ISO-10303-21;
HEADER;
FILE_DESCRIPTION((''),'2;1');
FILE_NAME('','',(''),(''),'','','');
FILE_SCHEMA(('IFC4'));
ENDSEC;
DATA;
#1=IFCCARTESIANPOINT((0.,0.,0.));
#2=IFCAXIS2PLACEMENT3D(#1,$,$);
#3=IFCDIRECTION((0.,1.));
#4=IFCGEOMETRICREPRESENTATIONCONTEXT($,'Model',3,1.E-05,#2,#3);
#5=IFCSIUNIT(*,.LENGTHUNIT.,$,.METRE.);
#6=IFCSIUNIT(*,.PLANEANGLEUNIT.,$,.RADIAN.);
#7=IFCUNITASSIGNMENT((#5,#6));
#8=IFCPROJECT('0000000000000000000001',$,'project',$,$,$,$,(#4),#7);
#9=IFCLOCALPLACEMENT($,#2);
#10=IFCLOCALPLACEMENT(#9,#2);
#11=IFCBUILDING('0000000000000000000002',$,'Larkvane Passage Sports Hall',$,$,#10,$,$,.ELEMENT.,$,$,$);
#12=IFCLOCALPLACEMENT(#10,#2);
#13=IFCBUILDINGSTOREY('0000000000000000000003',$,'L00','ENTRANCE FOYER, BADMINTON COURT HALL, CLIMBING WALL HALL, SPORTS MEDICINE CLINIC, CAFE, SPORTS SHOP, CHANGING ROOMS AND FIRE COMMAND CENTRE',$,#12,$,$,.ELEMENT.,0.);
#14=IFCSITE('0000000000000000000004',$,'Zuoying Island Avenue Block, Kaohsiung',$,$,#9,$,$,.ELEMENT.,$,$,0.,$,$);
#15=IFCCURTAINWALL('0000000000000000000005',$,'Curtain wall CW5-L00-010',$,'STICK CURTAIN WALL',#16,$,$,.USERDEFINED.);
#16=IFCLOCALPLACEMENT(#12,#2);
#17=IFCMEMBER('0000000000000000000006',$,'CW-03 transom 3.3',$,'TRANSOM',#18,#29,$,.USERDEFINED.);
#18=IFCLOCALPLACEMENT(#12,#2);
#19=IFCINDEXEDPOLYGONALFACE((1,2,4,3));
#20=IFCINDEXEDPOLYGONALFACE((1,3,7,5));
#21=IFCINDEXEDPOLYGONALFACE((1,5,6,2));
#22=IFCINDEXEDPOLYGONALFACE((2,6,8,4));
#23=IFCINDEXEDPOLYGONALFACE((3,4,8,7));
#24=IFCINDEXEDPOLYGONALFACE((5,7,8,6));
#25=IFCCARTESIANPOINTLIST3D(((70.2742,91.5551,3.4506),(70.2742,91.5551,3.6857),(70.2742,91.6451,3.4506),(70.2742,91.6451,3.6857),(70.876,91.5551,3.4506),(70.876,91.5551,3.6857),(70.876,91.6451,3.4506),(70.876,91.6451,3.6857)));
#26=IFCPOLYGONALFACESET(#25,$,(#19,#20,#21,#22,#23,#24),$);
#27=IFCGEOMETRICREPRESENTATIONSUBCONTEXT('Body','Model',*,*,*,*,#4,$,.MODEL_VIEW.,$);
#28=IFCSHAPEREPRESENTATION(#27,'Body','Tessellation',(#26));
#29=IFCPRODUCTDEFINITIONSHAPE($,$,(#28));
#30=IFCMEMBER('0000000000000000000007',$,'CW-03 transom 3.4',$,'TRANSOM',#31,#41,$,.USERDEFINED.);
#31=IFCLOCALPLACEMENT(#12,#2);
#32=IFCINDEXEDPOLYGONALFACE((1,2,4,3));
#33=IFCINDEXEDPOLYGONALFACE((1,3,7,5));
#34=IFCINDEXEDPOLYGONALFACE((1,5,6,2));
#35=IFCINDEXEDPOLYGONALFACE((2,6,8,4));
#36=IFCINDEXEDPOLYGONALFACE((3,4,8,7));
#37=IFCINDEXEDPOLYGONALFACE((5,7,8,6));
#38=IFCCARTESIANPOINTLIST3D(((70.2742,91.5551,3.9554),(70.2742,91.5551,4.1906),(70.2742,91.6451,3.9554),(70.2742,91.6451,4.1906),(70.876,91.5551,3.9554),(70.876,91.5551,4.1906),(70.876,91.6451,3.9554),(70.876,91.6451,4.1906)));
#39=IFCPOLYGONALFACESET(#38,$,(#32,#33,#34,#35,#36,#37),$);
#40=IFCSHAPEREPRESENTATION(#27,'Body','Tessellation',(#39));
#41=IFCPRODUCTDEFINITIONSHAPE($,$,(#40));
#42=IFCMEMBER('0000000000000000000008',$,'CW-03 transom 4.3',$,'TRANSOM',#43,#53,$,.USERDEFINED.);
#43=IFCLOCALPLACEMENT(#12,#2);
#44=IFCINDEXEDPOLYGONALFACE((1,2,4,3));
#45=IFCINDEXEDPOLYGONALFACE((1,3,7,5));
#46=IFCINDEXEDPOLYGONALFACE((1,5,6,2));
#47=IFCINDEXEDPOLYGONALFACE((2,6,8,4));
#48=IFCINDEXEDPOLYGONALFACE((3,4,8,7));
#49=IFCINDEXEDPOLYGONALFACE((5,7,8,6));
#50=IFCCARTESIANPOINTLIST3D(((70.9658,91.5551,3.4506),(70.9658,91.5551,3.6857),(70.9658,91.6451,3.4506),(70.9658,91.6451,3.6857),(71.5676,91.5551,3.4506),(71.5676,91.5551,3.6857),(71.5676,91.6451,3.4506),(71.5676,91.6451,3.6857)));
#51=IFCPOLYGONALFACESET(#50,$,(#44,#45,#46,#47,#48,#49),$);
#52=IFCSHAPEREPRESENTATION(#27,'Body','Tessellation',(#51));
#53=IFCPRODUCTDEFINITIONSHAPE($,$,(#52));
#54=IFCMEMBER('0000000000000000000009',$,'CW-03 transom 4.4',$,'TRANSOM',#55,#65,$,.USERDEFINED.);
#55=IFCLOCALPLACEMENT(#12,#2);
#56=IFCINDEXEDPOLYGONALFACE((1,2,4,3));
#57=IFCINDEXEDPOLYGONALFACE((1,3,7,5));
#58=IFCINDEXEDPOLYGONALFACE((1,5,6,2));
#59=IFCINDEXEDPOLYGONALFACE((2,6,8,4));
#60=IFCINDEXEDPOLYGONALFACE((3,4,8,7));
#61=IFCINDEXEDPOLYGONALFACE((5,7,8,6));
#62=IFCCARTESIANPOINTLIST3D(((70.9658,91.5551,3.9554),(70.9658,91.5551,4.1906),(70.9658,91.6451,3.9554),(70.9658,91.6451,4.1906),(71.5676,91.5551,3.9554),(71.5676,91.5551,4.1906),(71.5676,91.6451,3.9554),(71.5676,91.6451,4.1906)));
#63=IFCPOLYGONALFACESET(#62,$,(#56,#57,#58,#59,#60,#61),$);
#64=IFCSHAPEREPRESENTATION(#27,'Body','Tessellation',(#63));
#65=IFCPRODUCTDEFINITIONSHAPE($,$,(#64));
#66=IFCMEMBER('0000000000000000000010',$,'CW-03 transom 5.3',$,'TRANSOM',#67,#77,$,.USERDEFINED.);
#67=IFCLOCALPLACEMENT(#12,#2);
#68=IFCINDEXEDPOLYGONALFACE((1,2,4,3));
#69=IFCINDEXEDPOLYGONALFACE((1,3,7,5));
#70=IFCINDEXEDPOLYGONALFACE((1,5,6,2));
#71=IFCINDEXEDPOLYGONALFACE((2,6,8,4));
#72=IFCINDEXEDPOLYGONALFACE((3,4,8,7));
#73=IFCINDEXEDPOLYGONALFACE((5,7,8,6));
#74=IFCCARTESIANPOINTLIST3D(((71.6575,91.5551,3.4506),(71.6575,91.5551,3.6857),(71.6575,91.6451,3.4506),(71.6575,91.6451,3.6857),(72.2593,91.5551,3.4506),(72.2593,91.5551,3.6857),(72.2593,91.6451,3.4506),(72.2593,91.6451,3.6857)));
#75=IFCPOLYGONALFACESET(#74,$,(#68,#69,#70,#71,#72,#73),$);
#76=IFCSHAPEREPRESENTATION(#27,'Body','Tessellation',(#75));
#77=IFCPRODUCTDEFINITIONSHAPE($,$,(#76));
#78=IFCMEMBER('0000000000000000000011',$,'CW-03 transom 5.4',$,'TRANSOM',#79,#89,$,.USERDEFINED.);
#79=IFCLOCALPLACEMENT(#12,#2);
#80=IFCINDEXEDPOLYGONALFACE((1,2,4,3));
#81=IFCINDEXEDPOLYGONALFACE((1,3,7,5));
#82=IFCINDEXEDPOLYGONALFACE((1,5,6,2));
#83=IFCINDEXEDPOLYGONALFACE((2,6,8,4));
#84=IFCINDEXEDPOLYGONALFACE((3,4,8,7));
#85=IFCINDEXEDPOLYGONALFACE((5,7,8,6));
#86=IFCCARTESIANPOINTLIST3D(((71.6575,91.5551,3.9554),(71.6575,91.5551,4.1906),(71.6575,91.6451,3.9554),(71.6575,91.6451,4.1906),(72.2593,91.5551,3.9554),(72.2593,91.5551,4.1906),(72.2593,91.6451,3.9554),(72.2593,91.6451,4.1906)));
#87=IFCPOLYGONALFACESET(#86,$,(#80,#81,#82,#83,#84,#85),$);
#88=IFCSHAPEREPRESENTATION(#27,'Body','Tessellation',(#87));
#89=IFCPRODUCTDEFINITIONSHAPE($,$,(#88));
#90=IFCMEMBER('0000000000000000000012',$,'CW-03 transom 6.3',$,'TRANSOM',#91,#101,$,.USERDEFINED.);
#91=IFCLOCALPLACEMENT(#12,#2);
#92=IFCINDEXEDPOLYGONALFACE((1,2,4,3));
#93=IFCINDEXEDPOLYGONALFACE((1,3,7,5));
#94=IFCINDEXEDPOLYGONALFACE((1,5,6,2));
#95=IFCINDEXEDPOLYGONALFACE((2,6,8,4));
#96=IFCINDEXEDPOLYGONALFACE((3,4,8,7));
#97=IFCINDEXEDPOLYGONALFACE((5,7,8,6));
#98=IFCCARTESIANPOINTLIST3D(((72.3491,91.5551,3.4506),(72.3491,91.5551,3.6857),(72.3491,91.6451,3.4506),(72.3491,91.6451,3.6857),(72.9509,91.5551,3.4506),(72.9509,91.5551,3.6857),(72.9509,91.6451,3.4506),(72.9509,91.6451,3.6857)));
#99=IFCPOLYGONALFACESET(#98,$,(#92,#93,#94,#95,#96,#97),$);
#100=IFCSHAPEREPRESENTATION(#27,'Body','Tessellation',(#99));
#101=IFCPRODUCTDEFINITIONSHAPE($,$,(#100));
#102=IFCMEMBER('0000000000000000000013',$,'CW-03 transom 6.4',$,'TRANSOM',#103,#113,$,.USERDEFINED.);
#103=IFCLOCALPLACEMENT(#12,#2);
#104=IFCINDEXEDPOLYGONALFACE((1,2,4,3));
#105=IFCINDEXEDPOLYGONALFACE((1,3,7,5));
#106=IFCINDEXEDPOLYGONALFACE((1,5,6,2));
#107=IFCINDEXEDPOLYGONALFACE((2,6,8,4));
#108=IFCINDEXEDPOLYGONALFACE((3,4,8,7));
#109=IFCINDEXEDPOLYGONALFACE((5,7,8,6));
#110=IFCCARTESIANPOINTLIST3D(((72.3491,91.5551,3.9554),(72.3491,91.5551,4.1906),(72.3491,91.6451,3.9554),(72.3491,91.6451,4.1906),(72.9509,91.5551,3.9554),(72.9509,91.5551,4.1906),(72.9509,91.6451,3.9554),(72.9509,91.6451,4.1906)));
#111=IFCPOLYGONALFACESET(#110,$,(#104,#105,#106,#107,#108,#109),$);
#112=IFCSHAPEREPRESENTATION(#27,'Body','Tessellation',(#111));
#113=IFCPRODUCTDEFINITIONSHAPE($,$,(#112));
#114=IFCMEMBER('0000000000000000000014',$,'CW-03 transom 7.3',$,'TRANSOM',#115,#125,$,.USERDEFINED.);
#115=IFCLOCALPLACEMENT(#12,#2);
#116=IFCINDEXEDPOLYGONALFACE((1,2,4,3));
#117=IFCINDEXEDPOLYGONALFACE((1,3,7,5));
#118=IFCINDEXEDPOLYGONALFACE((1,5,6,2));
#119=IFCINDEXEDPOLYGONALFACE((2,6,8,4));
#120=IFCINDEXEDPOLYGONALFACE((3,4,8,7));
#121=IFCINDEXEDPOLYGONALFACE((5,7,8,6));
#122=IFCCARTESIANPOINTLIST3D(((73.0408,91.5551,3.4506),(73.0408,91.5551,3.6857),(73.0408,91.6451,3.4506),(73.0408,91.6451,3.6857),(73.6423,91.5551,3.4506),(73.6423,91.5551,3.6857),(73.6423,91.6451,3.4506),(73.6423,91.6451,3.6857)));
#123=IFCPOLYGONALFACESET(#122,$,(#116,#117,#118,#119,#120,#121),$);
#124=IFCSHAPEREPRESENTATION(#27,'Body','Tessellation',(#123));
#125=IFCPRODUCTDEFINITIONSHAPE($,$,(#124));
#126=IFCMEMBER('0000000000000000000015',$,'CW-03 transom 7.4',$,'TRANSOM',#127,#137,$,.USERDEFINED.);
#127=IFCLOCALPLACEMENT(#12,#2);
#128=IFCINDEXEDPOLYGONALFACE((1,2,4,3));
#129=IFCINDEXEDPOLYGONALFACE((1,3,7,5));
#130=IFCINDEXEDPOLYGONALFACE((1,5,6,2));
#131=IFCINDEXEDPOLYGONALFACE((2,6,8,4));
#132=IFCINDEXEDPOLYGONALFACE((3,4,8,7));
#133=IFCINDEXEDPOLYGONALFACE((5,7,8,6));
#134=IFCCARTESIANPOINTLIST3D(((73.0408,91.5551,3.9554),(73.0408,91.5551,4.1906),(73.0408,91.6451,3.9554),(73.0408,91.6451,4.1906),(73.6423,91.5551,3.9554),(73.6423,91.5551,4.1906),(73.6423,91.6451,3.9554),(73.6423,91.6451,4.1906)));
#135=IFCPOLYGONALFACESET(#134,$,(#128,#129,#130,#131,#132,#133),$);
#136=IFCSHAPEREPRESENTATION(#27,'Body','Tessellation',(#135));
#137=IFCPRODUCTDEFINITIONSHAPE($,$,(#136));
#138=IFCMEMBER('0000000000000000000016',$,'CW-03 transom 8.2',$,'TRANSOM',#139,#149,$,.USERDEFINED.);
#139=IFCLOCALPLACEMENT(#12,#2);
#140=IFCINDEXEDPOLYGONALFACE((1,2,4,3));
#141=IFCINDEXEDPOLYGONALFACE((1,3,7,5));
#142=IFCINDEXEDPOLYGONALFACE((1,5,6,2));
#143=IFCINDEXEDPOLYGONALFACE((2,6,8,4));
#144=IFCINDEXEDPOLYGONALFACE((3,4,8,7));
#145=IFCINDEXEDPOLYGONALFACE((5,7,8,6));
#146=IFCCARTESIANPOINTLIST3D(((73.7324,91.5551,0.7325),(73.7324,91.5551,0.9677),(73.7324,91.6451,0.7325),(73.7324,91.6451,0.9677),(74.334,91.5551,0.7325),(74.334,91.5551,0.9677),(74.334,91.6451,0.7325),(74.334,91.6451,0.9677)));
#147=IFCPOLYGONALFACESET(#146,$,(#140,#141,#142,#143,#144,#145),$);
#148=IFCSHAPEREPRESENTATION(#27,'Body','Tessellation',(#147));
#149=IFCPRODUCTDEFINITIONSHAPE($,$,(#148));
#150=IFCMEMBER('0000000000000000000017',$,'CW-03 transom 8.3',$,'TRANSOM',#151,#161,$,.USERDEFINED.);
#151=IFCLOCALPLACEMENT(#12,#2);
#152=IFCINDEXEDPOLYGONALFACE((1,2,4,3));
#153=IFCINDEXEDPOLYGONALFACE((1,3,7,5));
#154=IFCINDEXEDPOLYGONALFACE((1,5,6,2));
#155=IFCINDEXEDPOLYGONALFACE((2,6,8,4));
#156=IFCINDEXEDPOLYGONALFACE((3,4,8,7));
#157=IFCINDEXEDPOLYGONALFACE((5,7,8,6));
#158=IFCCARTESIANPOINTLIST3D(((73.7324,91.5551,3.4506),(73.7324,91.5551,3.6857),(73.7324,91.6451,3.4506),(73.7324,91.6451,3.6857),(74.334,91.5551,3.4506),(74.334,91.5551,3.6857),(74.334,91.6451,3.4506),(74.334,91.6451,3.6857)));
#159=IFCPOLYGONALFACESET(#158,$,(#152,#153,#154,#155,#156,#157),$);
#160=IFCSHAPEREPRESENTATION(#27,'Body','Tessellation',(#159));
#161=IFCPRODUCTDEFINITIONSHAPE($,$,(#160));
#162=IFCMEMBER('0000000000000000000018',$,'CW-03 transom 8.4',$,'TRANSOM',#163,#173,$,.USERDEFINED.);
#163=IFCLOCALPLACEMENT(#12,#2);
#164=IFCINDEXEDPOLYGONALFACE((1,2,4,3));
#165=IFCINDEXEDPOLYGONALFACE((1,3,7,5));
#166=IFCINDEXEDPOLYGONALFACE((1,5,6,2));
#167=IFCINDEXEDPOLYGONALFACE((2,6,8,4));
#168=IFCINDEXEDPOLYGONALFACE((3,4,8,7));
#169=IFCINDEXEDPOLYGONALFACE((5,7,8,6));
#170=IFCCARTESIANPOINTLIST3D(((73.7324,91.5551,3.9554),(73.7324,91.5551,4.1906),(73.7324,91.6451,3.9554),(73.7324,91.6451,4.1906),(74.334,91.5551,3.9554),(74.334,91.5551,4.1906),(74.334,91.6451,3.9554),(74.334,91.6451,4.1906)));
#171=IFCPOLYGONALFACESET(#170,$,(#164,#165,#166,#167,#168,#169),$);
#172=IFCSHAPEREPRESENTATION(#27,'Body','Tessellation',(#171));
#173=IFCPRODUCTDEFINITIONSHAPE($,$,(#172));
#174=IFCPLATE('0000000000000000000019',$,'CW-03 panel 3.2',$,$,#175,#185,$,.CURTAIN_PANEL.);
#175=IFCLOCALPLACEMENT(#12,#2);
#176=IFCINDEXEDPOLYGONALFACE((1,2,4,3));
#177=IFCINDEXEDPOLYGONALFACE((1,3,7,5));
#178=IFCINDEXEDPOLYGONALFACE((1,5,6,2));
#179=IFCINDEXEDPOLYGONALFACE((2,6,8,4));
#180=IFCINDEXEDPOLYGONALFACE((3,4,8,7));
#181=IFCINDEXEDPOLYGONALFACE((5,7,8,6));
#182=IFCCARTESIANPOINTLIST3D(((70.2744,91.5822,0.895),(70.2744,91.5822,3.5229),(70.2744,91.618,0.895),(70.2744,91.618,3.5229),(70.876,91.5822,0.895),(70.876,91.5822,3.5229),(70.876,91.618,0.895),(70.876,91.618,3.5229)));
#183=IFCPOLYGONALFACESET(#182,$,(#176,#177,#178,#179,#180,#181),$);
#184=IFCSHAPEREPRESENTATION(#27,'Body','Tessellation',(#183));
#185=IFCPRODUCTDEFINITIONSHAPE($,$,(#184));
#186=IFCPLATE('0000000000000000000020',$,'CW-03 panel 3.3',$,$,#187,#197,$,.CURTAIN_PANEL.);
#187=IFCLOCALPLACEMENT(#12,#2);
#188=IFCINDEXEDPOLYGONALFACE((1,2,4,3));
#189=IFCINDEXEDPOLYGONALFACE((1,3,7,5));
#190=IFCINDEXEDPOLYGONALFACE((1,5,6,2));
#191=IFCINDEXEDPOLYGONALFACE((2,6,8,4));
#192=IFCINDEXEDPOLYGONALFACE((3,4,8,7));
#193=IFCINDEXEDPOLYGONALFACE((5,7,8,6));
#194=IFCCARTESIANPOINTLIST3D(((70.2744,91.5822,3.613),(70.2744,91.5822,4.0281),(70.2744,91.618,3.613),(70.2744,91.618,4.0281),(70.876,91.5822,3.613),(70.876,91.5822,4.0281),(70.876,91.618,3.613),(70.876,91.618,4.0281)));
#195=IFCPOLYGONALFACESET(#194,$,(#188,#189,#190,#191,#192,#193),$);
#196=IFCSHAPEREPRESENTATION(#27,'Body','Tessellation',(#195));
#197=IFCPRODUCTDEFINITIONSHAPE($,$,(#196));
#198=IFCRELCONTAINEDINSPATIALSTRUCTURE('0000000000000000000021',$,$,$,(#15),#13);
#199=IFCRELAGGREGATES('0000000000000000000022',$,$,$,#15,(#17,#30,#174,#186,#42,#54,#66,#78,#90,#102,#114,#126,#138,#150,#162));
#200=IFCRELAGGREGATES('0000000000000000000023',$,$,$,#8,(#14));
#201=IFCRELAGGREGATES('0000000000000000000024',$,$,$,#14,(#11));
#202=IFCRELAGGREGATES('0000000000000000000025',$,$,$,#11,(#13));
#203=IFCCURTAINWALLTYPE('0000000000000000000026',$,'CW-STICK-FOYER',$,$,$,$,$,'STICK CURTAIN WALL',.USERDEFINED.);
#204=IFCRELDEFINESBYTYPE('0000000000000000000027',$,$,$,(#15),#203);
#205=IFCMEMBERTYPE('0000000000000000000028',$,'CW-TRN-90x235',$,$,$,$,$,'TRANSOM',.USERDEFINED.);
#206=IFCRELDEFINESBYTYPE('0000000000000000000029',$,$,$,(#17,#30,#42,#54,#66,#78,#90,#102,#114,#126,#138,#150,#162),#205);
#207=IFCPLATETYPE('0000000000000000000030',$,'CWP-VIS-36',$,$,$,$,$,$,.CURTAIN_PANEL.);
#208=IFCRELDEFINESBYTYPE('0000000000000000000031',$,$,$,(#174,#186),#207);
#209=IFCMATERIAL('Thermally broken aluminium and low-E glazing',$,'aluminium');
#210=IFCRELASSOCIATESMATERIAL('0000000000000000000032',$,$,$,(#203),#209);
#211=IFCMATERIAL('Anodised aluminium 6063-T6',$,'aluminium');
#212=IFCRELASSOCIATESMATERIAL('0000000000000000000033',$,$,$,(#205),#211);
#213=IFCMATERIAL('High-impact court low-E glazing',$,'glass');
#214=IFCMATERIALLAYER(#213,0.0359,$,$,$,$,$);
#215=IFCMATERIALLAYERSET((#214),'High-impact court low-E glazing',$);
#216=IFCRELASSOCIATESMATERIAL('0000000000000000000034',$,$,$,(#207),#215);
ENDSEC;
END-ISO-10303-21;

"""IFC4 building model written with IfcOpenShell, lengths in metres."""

from ifc_helpers import new_model, si_unit, direction, frame, origin, origin_2d, place, context, subcontext, project, spatial, rectangle, extrude, material, layer, layer_set, material_profile, profile_set, type_object, element, aggregate, save


model = new_model("IFC4")

# Units and contexts
model_context = context("Model", 3, precision=1e-05, world=origin(), true_north=direction((0.0, 1.0)))
body_context = subcontext(model_context, "Body", "Model", "MODEL_VIEW")
ifc_project = project(units=[si_unit("LENGTHUNIT", "METRE"), si_unit("PLANEANGLEUNIT", "RADIAN")], contexts=[model_context])

# Site, building, storey
site_placement = place(None, origin())
site = spatial("IfcSite", under=ifc_project, at=site_placement, Name="Zuoying Island Avenue Block, Kaohsiung", CompositionType="ELEMENT", RefElevation=0.0)
building_placement = place(site_placement, origin())
building = spatial("IfcBuilding", under=site, at=building_placement, Name="Larkvane Passage Sports Hall", CompositionType="ELEMENT")
storey_placement = place(building_placement, origin())
storey = spatial("IfcBuildingStorey", under=building, at=storey_placement, Name="L00", Description="ENTRANCE FOYER, BADMINTON COURT HALL, CLIMBING WALL HALL, SPORTS MEDICINE CLINIC, CAFE, SPORTS SHOP, CHANGING ROOMS AND FIRE COMMAND CENTRE", CompositionType="ELEMENT", Elevation=0.0)

# Curtain wall, members, plates
ifc_material_1 = material(Name="Thermally broken aluminium and low-E glazing", Category="aluminium")
curtain_wall_type = type_object("IfcCurtainWallType", Name="CW-STICK-FOYER", ElementType="STICK CURTAIN WALL", PredefinedType="USERDEFINED", material=ifc_material_1)
curtain_wall_placement = place(storey_placement, origin())
curtain_wall = element("IfcCurtainWall", 1, at=curtain_wall_placement, inside=storey, type_object=curtain_wall_type, Name="Curtain wall CW5-L00-010", ObjectType="STICK CURTAIN WALL", PredefinedType="USERDEFINED")
ifc_material_2 = material(Name="Anodised aluminium 6063-T6", Category="aluminium")
ifc_material_profile = material_profile(ifc_material_2, rectangle(XDim=0.0901, YDim=0.2351, at=origin_2d()), Name="ALU-TRN-90x235")
ifc_profile_set = profile_set([ifc_material_profile], Name="Anodised aluminium 6063-T6")
member_type = type_object("IfcMemberType", Name="CW-TRN-90x235", ElementType="TRANSOM", PredefinedType="USERDEFINED", material=ifc_profile_set)
member_1_placement = place(storey_placement, frame((70.2742, 91.6001, 3.5681), z_axis=(1.0, 0.0, 0.0), x_axis=(0.0, 1.0, 0.0)))
member_1 = element("IfcMember", 2, at=member_1_placement, type_object=member_type, Name="CW-03 transom 3.3", ObjectType="TRANSOM", PredefinedType="USERDEFINED", context=body_context, shape_type="SweptSolid", body=[
    extrude(rectangle(XDim=0.0901, YDim=0.2351, at=origin_2d()), origin(), (0.0, 0.0, 1.0), 0.6018),
])
member_2_placement = place(storey_placement, frame((70.2742, 91.6001, 4.073), z_axis=(1.0, 0.0, 0.0), x_axis=(0.0, 1.0, 0.0)))
member_2 = element("IfcMember", 3, at=member_2_placement, type_object=member_type, Name="CW-03 transom 3.4", ObjectType="TRANSOM", PredefinedType="USERDEFINED", context=body_context, shape_type="SweptSolid", body=[
    extrude(rectangle(XDim=0.0901, YDim=0.2351, at=origin_2d()), origin(), (0.0, 0.0, 1.0), 0.6018),
])
member_3_placement = place(storey_placement, frame((70.9658, 91.6001, 3.5681), z_axis=(1.0, 0.0, 0.0), x_axis=(0.0, 1.0, 0.0)))
member_3 = element("IfcMember", 4, at=member_3_placement, type_object=member_type, Name="CW-03 transom 4.3", ObjectType="TRANSOM", PredefinedType="USERDEFINED", context=body_context, shape_type="SweptSolid", body=[
    extrude(rectangle(XDim=0.0901, YDim=0.2351, at=origin_2d()), origin(), (0.0, 0.0, 1.0), 0.6018),
])
member_4_placement = place(storey_placement, frame((70.9658, 91.6001, 4.073), z_axis=(1.0, 0.0, 0.0), x_axis=(0.0, 1.0, 0.0)))
member_4 = element("IfcMember", 5, at=member_4_placement, type_object=member_type, Name="CW-03 transom 4.4", ObjectType="TRANSOM", PredefinedType="USERDEFINED", context=body_context, shape_type="SweptSolid", body=[
    extrude(rectangle(XDim=0.0901, YDim=0.2351, at=origin_2d()), origin(), (0.0, 0.0, 1.0), 0.6018),
])
member_5_placement = place(storey_placement, frame((71.6575, 91.6001, 3.5681), z_axis=(1.0, 0.0, 0.0), x_axis=(0.0, 1.0, 0.0)))
member_5 = element("IfcMember", 6, at=member_5_placement, type_object=member_type, Name="CW-03 transom 5.3", ObjectType="TRANSOM", PredefinedType="USERDEFINED", context=body_context, shape_type="SweptSolid", body=[
    extrude(rectangle(XDim=0.0901, YDim=0.2351, at=origin_2d()), origin(), (0.0, 0.0, 1.0), 0.6018),
])
member_6_placement = place(storey_placement, frame((71.6575, 91.6001, 4.073), z_axis=(1.0, 0.0, 0.0), x_axis=(0.0, 1.0, 0.0)))
member_6 = element("IfcMember", 7, at=member_6_placement, type_object=member_type, Name="CW-03 transom 5.4", ObjectType="TRANSOM", PredefinedType="USERDEFINED", context=body_context, shape_type="SweptSolid", body=[
    extrude(rectangle(XDim=0.0901, YDim=0.2351, at=origin_2d()), origin(), (0.0, 0.0, 1.0), 0.6018),
])
member_7_placement = place(storey_placement, frame((72.3491, 91.6001, 3.5681), z_axis=(1.0, 0.0, 0.0), x_axis=(0.0, 1.0, 0.0)))
member_7 = element("IfcMember", 8, at=member_7_placement, type_object=member_type, Name="CW-03 transom 6.3", ObjectType="TRANSOM", PredefinedType="USERDEFINED", context=body_context, shape_type="SweptSolid", body=[
    extrude(rectangle(XDim=0.0901, YDim=0.2351, at=origin_2d()), origin(), (0.0, 0.0, 1.0), 0.6018),
])
member_8_placement = place(storey_placement, frame((72.3491, 91.6001, 4.073), z_axis=(1.0, 0.0, 0.0), x_axis=(0.0, 1.0, 0.0)))
member_8 = element("IfcMember", 9, at=member_8_placement, type_object=member_type, Name="CW-03 transom 6.4", ObjectType="TRANSOM", PredefinedType="USERDEFINED", context=body_context, shape_type="SweptSolid", body=[
    extrude(rectangle(XDim=0.0901, YDim=0.2351, at=origin_2d()), origin(), (0.0, 0.0, 1.0), 0.6018),
])
member_9_placement = place(storey_placement, frame((73.0408, 91.6001, 3.5681), z_axis=(1.0, 0.0, 0.0), x_axis=(0.0, 1.0, 0.0)))
member_9 = element("IfcMember", 10, at=member_9_placement, type_object=member_type, Name="CW-03 transom 7.3", ObjectType="TRANSOM", PredefinedType="USERDEFINED", context=body_context, shape_type="SweptSolid", body=[
    extrude(rectangle(XDim=0.0901, YDim=0.2351, at=origin_2d()), origin(), (0.0, 0.0, 1.0), 0.6016),
])
member_10_placement = place(storey_placement, frame((73.0408, 91.6001, 4.073), z_axis=(1.0, 0.0, 0.0), x_axis=(0.0, 1.0, 0.0)))
member_10 = element("IfcMember", 11, at=member_10_placement, type_object=member_type, Name="CW-03 transom 7.4", ObjectType="TRANSOM", PredefinedType="USERDEFINED", context=body_context, shape_type="SweptSolid", body=[
    extrude(rectangle(XDim=0.0901, YDim=0.2351, at=origin_2d()), origin(), (0.0, 0.0, 1.0), 0.6016),
])
member_11_placement = place(storey_placement, frame((73.7324, 91.6001, 0.8501), z_axis=(1.0, 0.0, 0.0), x_axis=(0.0, 1.0, 0.0)))
member_11 = element("IfcMember", 12, at=member_11_placement, type_object=member_type, Name="CW-03 transom 8.2", ObjectType="TRANSOM", PredefinedType="USERDEFINED", context=body_context, shape_type="SweptSolid", body=[
    extrude(rectangle(XDim=0.0901, YDim=0.2351, at=origin_2d()), origin(), (0.0, 0.0, 1.0), 0.6016),
])
member_12_placement = place(storey_placement, frame((73.7324, 91.6001, 3.5681), z_axis=(1.0, 0.0, 0.0), x_axis=(0.0, 1.0, 0.0)))
member_12 = element("IfcMember", 13, at=member_12_placement, type_object=member_type, Name="CW-03 transom 8.3", ObjectType="TRANSOM", PredefinedType="USERDEFINED", context=body_context, shape_type="SweptSolid", body=[
    extrude(rectangle(XDim=0.0901, YDim=0.2351, at=origin_2d()), origin(), (0.0, 0.0, 1.0), 0.6016),
])
member_13_placement = place(storey_placement, frame((73.7324, 91.6001, 4.073), z_axis=(1.0, 0.0, 0.0), x_axis=(0.0, 1.0, 0.0)))
member_13 = element("IfcMember", 14, at=member_13_placement, type_object=member_type, Name="CW-03 transom 8.4", ObjectType="TRANSOM", PredefinedType="USERDEFINED", context=body_context, shape_type="SweptSolid", body=[
    extrude(rectangle(XDim=0.0901, YDim=0.2351, at=origin_2d()), origin(), (0.0, 0.0, 1.0), 0.6016),
])
ifc_material_3 = material(Name="High-impact court low-E glazing", Category="glass")
ifc_layer = layer(ifc_material_3, 0.0359)
ifc_layer_set = layer_set([ifc_layer], Name="High-impact court low-E glazing")
plate_type = type_object("IfcPlateType", Name="CWP-VIS-36", PredefinedType="CURTAIN_PANEL", material=ifc_layer_set)
plate_1_placement = place(storey_placement, frame((70.5752, 91.6001, 0.895), z_axis=(0.0, 0.0, 1.0), x_axis=(1.0, 0.0, 0.0)))
plate_1 = element("IfcPlate", 15, at=plate_1_placement, type_object=plate_type, Name="CW-03 panel 3.2", PredefinedType="CURTAIN_PANEL", context=body_context, shape_type="SweptSolid", body=[
    extrude(rectangle(XDim=0.6016, YDim=0.0359, at=origin_2d()), origin(), (0.0, 0.0, 1.0), 2.6279),
])
plate_2_placement = place(storey_placement, frame((70.5752, 91.6001, 3.613), z_axis=(0.0, 0.0, 1.0), x_axis=(1.0, 0.0, 0.0)))
plate_2 = element("IfcPlate", 16, at=plate_2_placement, type_object=plate_type, Name="CW-03 panel 3.3", PredefinedType="CURTAIN_PANEL", context=body_context, shape_type="SweptSolid", body=[
    extrude(rectangle(XDim=0.6016, YDim=0.0359, at=origin_2d()), origin(), (0.0, 0.0, 1.0), 0.415),
])
aggregate(curtain_wall, [member_1, member_2, plate_1, plate_2, member_3, member_4, member_5, member_6, member_7, member_8, member_9, member_10, member_11, member_12, member_13])

save(model, "model.ifc")
